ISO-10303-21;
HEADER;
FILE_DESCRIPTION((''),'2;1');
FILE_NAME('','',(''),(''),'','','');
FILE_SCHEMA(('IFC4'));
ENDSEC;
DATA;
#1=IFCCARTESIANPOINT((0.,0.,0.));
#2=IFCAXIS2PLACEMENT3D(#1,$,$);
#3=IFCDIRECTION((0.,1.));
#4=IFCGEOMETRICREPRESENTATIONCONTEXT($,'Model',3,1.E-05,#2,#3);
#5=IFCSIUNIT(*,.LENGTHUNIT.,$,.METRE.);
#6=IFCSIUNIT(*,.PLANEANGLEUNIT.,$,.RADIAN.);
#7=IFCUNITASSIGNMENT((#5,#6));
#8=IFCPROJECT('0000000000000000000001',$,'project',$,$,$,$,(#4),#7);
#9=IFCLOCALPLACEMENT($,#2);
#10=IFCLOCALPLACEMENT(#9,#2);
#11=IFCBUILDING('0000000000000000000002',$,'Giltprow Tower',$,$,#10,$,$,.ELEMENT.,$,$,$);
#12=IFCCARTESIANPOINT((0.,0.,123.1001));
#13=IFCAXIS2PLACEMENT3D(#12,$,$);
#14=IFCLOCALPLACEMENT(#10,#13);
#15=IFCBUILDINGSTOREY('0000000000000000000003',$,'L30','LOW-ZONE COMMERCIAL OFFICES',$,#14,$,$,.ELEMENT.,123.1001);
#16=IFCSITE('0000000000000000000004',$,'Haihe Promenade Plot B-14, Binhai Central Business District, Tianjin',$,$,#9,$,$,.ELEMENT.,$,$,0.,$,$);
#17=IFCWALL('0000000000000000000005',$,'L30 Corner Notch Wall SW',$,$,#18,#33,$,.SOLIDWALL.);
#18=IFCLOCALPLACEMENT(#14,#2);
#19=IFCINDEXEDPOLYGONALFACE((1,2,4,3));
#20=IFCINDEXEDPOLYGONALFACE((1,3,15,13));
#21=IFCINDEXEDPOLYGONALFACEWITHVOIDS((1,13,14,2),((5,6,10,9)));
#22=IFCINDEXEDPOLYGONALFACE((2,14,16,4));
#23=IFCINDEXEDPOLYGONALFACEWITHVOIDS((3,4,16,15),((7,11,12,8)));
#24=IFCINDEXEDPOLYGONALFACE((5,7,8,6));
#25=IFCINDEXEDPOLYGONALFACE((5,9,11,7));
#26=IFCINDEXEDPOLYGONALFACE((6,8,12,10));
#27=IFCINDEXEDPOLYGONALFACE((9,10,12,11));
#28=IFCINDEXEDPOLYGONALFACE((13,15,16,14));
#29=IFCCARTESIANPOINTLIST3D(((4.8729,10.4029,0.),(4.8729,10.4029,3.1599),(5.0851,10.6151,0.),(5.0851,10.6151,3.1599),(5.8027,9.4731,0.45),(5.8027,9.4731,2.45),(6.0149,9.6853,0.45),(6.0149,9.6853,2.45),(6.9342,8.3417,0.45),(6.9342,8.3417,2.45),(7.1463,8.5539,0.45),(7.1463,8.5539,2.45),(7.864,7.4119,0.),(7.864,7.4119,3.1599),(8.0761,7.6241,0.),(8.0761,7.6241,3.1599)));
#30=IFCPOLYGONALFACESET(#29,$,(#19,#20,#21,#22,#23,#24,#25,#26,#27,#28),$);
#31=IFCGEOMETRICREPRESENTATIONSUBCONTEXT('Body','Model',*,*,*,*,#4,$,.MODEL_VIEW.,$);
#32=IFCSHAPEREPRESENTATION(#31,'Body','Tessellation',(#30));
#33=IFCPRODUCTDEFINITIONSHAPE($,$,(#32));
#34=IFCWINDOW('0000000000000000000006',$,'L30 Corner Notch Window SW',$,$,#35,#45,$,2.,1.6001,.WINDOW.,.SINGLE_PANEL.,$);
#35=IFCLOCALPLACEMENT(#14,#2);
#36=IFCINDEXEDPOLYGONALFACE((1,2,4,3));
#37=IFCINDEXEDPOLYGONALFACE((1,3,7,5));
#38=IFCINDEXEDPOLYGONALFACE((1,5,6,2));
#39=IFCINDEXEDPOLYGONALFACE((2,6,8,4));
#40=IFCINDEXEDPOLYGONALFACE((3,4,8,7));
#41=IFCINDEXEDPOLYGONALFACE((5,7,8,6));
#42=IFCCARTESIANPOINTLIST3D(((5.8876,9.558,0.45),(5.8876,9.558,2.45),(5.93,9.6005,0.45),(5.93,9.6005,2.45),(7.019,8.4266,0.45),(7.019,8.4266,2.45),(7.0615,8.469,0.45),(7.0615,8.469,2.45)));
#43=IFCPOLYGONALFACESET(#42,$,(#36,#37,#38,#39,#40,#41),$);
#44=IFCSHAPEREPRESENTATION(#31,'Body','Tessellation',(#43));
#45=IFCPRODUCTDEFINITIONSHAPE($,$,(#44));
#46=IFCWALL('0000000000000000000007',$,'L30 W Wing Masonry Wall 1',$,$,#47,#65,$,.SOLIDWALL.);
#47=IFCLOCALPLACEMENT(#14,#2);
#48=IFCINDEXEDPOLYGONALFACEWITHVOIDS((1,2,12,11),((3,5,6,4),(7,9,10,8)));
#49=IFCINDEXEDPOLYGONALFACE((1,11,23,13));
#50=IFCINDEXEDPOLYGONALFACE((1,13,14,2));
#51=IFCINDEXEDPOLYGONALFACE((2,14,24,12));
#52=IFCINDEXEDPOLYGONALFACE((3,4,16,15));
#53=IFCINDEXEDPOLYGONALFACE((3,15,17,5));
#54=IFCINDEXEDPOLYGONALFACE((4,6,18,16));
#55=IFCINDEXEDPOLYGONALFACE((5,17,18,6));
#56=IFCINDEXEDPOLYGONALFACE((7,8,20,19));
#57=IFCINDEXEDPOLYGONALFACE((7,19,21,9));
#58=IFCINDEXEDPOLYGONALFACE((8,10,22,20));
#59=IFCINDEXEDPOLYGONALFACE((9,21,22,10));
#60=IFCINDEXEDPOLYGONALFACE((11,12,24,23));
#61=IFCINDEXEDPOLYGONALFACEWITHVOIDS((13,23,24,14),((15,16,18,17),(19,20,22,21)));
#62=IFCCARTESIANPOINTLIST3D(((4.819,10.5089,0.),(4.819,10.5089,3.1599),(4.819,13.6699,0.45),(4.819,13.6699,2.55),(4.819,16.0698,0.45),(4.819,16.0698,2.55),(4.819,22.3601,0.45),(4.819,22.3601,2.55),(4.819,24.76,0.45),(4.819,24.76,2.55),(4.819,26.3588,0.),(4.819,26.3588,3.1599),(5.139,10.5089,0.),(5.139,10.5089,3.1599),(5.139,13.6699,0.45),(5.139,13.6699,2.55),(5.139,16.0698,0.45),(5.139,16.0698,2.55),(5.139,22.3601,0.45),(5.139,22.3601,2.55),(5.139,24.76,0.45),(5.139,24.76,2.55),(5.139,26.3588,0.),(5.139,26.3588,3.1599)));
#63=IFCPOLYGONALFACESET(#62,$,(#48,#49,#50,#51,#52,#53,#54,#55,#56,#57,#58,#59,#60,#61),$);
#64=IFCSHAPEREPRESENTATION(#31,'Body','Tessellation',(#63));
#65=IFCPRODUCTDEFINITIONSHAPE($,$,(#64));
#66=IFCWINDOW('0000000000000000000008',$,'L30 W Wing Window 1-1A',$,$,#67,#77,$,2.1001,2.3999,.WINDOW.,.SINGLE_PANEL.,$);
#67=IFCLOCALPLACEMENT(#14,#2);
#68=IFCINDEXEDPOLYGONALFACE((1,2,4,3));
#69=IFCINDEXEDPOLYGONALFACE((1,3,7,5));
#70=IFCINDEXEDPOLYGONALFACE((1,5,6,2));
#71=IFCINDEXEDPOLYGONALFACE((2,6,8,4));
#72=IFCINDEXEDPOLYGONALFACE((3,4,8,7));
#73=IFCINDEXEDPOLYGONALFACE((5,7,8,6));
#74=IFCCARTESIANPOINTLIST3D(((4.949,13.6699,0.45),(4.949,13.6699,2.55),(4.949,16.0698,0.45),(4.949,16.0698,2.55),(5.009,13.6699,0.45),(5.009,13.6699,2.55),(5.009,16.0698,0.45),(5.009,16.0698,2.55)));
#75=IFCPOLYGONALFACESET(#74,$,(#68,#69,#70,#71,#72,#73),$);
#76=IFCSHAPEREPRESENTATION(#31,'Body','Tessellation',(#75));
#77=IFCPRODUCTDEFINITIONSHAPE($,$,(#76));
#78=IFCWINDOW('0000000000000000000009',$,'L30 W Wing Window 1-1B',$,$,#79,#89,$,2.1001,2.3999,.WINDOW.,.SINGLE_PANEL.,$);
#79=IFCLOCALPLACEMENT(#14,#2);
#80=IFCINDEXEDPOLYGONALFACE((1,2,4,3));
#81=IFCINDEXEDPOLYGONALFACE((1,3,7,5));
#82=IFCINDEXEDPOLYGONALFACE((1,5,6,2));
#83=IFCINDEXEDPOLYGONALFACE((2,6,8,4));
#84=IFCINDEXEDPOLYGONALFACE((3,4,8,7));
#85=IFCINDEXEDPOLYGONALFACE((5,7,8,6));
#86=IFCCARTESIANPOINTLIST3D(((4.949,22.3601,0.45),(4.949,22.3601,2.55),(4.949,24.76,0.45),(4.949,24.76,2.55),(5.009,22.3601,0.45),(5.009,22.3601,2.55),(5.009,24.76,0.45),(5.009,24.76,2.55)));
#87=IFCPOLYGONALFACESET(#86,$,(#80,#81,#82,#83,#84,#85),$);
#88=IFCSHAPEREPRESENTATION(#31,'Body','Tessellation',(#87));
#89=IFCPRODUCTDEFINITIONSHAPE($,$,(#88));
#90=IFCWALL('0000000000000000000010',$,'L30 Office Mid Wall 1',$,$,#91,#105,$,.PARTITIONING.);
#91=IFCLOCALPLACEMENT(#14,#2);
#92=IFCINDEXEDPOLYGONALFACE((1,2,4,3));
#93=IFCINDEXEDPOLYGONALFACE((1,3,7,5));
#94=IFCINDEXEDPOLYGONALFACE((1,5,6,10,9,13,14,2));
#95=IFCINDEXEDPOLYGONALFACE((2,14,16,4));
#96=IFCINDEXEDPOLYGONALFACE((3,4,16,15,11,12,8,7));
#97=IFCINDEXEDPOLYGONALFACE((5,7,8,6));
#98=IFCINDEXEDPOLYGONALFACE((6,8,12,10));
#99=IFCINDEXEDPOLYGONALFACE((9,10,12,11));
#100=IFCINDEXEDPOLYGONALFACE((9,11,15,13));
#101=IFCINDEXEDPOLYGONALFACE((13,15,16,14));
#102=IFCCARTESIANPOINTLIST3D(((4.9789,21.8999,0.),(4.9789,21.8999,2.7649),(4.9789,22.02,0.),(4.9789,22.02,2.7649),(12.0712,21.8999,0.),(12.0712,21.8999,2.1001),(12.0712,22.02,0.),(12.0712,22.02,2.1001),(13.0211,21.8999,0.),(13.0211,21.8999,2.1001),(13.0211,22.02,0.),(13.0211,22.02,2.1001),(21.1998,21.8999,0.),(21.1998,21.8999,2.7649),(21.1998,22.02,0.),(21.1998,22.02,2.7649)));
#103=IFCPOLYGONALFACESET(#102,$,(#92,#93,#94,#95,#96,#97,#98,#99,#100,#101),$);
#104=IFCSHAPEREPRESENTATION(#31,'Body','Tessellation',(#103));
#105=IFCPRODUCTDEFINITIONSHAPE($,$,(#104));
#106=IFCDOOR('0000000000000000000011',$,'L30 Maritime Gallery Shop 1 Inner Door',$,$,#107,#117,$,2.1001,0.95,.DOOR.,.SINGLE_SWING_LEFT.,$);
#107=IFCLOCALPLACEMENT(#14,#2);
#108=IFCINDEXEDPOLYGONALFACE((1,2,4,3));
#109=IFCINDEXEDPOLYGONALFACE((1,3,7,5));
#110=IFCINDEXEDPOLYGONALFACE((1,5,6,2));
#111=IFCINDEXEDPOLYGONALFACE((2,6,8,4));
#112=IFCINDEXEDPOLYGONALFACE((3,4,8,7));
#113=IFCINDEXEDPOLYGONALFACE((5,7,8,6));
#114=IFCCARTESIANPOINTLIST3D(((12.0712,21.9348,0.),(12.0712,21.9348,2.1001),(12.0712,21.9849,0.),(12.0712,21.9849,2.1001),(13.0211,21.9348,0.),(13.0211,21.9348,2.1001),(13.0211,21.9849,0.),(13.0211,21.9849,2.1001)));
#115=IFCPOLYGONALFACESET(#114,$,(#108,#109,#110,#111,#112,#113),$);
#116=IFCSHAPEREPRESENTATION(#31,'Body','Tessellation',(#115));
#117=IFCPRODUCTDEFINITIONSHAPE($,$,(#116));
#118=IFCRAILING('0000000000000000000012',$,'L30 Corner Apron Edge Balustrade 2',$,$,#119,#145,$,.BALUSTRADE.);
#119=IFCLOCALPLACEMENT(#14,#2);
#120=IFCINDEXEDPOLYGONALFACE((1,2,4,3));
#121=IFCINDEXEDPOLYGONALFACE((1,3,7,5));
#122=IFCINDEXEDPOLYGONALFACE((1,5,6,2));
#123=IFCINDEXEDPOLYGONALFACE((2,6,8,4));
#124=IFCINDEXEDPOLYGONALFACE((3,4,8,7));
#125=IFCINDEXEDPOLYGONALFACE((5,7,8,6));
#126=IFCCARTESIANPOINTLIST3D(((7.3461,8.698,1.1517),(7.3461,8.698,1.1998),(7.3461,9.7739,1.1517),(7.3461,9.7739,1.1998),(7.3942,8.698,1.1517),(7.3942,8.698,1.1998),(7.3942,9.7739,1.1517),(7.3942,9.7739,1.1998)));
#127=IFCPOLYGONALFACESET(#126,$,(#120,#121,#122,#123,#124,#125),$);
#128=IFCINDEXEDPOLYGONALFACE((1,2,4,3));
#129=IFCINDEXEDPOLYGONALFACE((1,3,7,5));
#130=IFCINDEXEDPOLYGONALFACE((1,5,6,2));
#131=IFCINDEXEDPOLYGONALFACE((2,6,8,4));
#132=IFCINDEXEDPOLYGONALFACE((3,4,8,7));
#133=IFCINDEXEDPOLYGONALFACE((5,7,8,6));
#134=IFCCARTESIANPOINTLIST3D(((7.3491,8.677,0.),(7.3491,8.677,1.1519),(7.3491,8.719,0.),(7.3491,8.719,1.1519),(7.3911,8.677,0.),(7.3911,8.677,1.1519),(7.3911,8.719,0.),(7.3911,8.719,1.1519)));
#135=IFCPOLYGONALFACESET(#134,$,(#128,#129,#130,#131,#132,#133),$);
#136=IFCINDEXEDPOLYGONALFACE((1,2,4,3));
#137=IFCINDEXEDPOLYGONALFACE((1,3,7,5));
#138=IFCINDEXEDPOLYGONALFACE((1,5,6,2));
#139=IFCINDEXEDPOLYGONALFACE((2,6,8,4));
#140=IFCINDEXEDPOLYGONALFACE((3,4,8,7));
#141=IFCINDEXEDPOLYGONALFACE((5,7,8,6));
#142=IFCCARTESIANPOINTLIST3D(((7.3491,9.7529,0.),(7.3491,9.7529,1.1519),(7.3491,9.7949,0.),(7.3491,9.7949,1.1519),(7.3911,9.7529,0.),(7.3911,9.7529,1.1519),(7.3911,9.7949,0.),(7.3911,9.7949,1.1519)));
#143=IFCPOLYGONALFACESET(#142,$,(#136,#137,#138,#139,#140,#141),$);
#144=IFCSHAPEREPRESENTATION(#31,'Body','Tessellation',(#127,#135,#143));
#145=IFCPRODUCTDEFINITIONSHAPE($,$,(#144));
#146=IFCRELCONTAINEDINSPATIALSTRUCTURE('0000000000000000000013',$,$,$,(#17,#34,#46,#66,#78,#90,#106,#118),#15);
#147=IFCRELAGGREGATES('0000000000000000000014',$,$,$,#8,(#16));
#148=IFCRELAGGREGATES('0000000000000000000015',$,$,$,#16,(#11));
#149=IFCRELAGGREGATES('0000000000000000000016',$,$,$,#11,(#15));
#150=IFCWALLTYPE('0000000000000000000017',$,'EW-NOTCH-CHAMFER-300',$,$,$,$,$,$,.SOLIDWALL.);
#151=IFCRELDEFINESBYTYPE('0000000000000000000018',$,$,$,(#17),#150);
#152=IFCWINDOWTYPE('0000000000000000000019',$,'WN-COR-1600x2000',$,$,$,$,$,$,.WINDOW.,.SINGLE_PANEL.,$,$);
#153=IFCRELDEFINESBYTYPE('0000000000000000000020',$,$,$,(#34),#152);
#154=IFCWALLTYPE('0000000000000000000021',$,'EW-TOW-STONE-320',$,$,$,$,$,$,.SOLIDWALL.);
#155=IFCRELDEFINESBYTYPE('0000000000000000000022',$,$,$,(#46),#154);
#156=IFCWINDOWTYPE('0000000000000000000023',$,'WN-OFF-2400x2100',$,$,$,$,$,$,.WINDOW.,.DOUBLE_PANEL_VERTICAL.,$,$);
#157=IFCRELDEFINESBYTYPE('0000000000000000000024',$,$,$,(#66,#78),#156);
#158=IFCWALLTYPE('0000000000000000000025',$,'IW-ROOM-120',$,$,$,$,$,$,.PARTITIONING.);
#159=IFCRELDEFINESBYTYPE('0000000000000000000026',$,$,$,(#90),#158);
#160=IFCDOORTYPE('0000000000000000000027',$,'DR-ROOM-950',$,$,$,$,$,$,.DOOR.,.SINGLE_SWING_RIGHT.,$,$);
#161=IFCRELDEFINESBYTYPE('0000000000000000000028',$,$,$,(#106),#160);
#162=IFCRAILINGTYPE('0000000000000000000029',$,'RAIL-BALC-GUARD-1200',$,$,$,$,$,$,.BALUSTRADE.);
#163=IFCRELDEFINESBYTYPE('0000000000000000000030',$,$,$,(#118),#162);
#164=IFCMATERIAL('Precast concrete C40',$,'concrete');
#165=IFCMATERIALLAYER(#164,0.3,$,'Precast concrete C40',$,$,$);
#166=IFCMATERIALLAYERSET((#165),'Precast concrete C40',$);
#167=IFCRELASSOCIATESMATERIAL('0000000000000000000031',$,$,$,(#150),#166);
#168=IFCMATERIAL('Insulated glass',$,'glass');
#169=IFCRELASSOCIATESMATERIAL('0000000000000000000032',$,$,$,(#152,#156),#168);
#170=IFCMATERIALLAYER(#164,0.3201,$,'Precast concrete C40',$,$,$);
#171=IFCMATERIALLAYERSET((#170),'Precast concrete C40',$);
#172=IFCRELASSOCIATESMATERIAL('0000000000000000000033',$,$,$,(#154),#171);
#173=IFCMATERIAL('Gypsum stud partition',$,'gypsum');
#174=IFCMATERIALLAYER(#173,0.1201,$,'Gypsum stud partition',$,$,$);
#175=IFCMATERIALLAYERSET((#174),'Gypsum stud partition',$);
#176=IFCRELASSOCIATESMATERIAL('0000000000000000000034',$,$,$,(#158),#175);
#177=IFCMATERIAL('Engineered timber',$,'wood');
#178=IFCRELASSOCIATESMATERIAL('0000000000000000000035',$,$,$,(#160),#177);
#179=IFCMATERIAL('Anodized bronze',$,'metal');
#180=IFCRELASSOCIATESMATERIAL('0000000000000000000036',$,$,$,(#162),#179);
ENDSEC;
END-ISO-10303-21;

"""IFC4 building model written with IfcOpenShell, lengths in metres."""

from ifc_helpers import new_model, si_unit, direction, frame, frame_2d, origin, origin_2d, place, context, subcontext, project, spatial, rectangle, extrude, source, transform, mapped, material, layer, layer_set, type_object, element, fill, save


model = new_model("IFC4")

# Units and contexts
model_context = context("Model", 3, precision=1e-05, world=origin(), true_north=direction((0.0, 1.0)))
body_context = subcontext(model_context, "Body", "Model", "MODEL_VIEW")
ifc_project = project(units=[si_unit("LENGTHUNIT", "METRE"), si_unit("PLANEANGLEUNIT", "RADIAN")], contexts=[model_context])

# Site, building, storey
site_placement = place(None, origin())
site = spatial("IfcSite", under=ifc_project, at=site_placement, Name="Haihe Promenade Plot B-14, Binhai Central Business District, Tianjin", CompositionType="ELEMENT", RefElevation=0.0)
building_placement = place(site_placement, origin())
building = spatial("IfcBuilding", under=site, at=building_placement, Name="Giltprow Tower", CompositionType="ELEMENT")
storey_placement = place(building_placement, frame((0.0, 0.0, 123.1001)))
storey = spatial("IfcBuildingStorey", under=building, at=storey_placement, Name="L30", Description="LOW-ZONE COMMERCIAL OFFICES", CompositionType="ELEMENT", Elevation=123.1001)

# Shared definitions
ifc_material_1 = material(Name="Anodized bronze", Category="metal")
ifc_material_2 = material(Name="Insulated glass", Category="glass")

# Wall, opening, window
ifc_material_3 = material(Name="Precast concrete C40", Category="concrete")
ifc_layer_1 = layer(ifc_material_3, 0.3, Name="Precast concrete C40")
ifc_layer_set_1 = layer_set([ifc_layer_1], Name="Precast concrete C40")
wall_type_1 = type_object("IfcWallType", Name="EW-NOTCH-CHAMFER-300", PredefinedType="SOLIDWALL", material=ifc_layer_set_1)
wall_1_placement = place(storey_placement, frame((4.979, 10.509, 0.0), z_axis=(0.0, 0.0, 1.0), x_axis=(0.707107, -0.707107, 0.0)))
wall_1 = element("IfcWall", 1, at=wall_1_placement, inside=storey, type_object=wall_type_1, Name="L30 Corner Notch Wall SW", PredefinedType="SOLIDWALL", context=body_context, shape_type="SweptSolid", body=[
    extrude(rectangle(XDim=4.23, YDim=0.3, at=frame_2d((2.115, 0.0))), origin(), (0.0, 0.0, 1.0), 3.1599),
])
opening_1_placement = place(wall_1_placement, frame((1.3149, 0.0, 0.45)))
opening_1 = element("IfcOpeningElement", 2, at=opening_1_placement, cuts=wall_1, PredefinedType="OPENING", context=body_context, shape_type="SweptSolid", body=[
    extrude(rectangle(XDim=1.6001, YDim=2.0, at=frame_2d((0.8, 1.0))), frame((0.0, 0.1599, 0.0), z_axis=(0.0, -1.0, 0.0), x_axis=(1.0, 0.0, 0.0)), (0.0, 0.0, 1.0), 0.3201),
])
window_type_1 = type_object("IfcWindowType", Name="WN-COR-1600x2000", PartitioningType="SINGLE_PANEL", PredefinedType="WINDOW", material=ifc_material_2)
shared_shape_1 = source(origin(), body_context, "Body", "SweptSolid", [
    extrude(rectangle(XDim=1.6001, YDim=2.0, at=frame_2d((0.8, 1.0))), frame((0.0, 0.03, 0.0), z_axis=(0.0, -1.0, 0.0), x_axis=(1.0, 0.0, 0.0)), (0.0, 0.0, 1.0), 0.0601),
])
window_1_placement = place(opening_1_placement, origin())
window_1 = element("IfcWindow", 3, at=window_1_placement, inside=storey, type_object=window_type_1, Name="L30 Corner Notch Window SW", OverallHeight=2.0, OverallWidth=1.6001, PartitioningType="SINGLE_PANEL", PredefinedType="WINDOW", context=body_context, shape_type="MappedRepresentation", body=[
    mapped(shared_shape_1, transform((0.0, 0.0, 0.0), x_axis=(1.0, 0.0, 0.0), y_axis=(0.0, 1.0, 0.0), z_axis=(0.0, 0.0, 1.0), scale=1.0)),
])
fill(opening_1, window_1)

# Wall, openings, windows
ifc_layer_2 = layer(ifc_material_3, 0.3201, Name="Precast concrete C40")
ifc_layer_set_2 = layer_set([ifc_layer_2], Name="Precast concrete C40")
wall_type_2 = type_object("IfcWallType", Name="EW-TOW-STONE-320", PredefinedType="SOLIDWALL", material=ifc_layer_set_2)
wall_2_placement = place(storey_placement, frame((4.979, 10.509, 0.0), z_axis=(0.0, 0.0, 1.0), x_axis=(0.0, 1.0, 0.0)))
wall_2 = element("IfcWall", 4, at=wall_2_placement, inside=storey, type_object=wall_type_2, Name="L30 W Wing Masonry Wall 1", PredefinedType="SOLIDWALL", context=body_context, shape_type="SweptSolid", body=[
    extrude(rectangle(XDim=15.8499, YDim=0.3201, at=frame_2d((7.9248, 0.0))), origin(), (0.0, 0.0, 1.0), 3.1599),
])
opening_2_placement = place(wall_2_placement, frame((3.1609, 0.0, 0.45)))
opening_2 = element("IfcOpeningElement", 5, at=opening_2_placement, cuts=wall_2, PredefinedType="OPENING", context=body_context, shape_type="SweptSolid", body=[
    extrude(rectangle(XDim=2.3999, YDim=2.1001, at=frame_2d((1.2, 1.05))), frame((0.0, 0.1699, 0.0), z_axis=(0.0, -1.0, 0.0), x_axis=(1.0, 0.0, 0.0)), (0.0, 0.0, 1.0), 0.3401),
])
opening_3_placement = place(wall_2_placement, frame((11.8511, 0.0, 0.45)))
opening_3 = element("IfcOpeningElement", 6, at=opening_3_placement, cuts=wall_2, PredefinedType="OPENING", context=body_context, shape_type="SweptSolid", body=[
    extrude(rectangle(XDim=2.3999, YDim=2.1001, at=frame_2d((1.2, 1.05))), frame((0.0, 0.1699, 0.0), z_axis=(0.0, -1.0, 0.0), x_axis=(1.0, 0.0, 0.0)), (0.0, 0.0, 1.0), 0.3401),
])
window_type_2 = type_object("IfcWindowType", Name="WN-OFF-2400x2100", PartitioningType="DOUBLE_PANEL_VERTICAL", PredefinedType="WINDOW", material=ifc_material_2)
shared_shape_2 = source(origin(), body_context, "Body", "SweptSolid", [
    extrude(rectangle(XDim=2.3999, YDim=2.1001, at=frame_2d((1.2, 1.05))), frame((0.0, 0.03, 0.0), z_axis=(0.0, -1.0, 0.0), x_axis=(1.0, 0.0, 0.0)), (0.0, 0.0, 1.0), 0.0601),
])
window_2_placement = place(opening_2_placement, origin())
window_2 = element("IfcWindow", 7, at=window_2_placement, inside=storey, type_object=window_type_2, Name="L30 W Wing Window 1-1A", OverallHeight=2.1001, OverallWidth=2.3999, PartitioningType="SINGLE_PANEL", PredefinedType="WINDOW", context=body_context, shape_type="MappedRepresentation", body=[
    mapped(shared_shape_2, transform((0.0, 0.0, 0.0), x_axis=(1.0, 0.0, 0.0), y_axis=(0.0, 1.0, 0.0), z_axis=(0.0, 0.0, 1.0), scale=1.0)),
])
fill(opening_2, window_2)
window_3_placement = place(opening_3_placement, origin())
window_3 = element("IfcWindow", 8, at=window_3_placement, inside=storey, type_object=window_type_2, Name="L30 W Wing Window 1-1B", OverallHeight=2.1001, OverallWidth=2.3999, PartitioningType="SINGLE_PANEL", PredefinedType="WINDOW", context=body_context, shape_type="MappedRepresentation", body=[
    mapped(shared_shape_2, transform((0.0, 0.0, 0.0), x_axis=(1.0, 0.0, 0.0), y_axis=(0.0, 1.0, 0.0), z_axis=(0.0, 0.0, 1.0), scale=1.0)),
])
fill(opening_3, window_3)

# Wall, opening, door
ifc_material_4 = material(Name="Gypsum stud partition", Category="gypsum")
ifc_layer_3 = layer(ifc_material_4, 0.1201, Name="Gypsum stud partition")
ifc_layer_set_3 = layer_set([ifc_layer_3], Name="Gypsum stud partition")
wall_type_3 = type_object("IfcWallType", Name="IW-ROOM-120", PredefinedType="PARTITIONING", material=ifc_layer_set_3)
wall_3_placement = place(storey_placement, frame((4.979, 21.96, 0.0), z_axis=(0.0, 0.0, 1.0), x_axis=(1.0, 0.0, 0.0)))
wall_3 = element("IfcWall", 9, at=wall_3_placement, inside=storey, type_object=wall_type_3, Name="L30 Office Mid Wall 1", PredefinedType="PARTITIONING", context=body_context, shape_type="SweptSolid", body=[
    extrude(rectangle(XDim=16.2209, YDim=0.1201, at=frame_2d((8.1104, 0.0))), origin(), (0.0, 0.0, 1.0), 2.7649),
])
opening_4_placement = place(wall_3_placement, frame((7.092, 0.0, 0.0)))
opening_4 = element("IfcOpeningElement", 10, at=opening_4_placement, cuts=wall_3, PredefinedType="OPENING", context=body_context, shape_type="SweptSolid", body=[
    extrude(rectangle(XDim=0.95, YDim=2.1001, at=frame_2d((0.4751, 1.05))), frame((0.0, 0.0701, 0.0), z_axis=(0.0, -1.0, 0.0), x_axis=(1.0, 0.0, 0.0)), (0.0, 0.0, 1.0), 0.1401),
])
ifc_material_5 = material(Name="Engineered timber", Category="wood")
door_type = type_object("IfcDoorType", Name="DR-ROOM-950", OperationType="SINGLE_SWING_RIGHT", PredefinedType="DOOR", material=ifc_material_5)
shared_shape_3 = source(origin(), body_context, "Body", "SweptSolid", [
    extrude(rectangle(XDim=0.95, YDim=2.1001, at=frame_2d((0.4751, 1.05))), frame((0.0, 0.0249, 0.0), z_axis=(0.0, -1.0, 0.0), x_axis=(1.0, 0.0, 0.0)), (0.0, 0.0, 1.0), 0.05),
])
door_placement = place(opening_4_placement, origin())
door = element("IfcDoor", 11, at=door_placement, inside=storey, type_object=door_type, Name="L30 Maritime Gallery Shop 1 Inner Door", OperationType="SINGLE_SWING_LEFT", OverallHeight=2.1001, OverallWidth=0.95, PredefinedType="DOOR", context=body_context, shape_type="MappedRepresentation", body=[
    mapped(shared_shape_3, transform((0.0, 0.0, 0.0), x_axis=(1.0, 0.0, 0.0), y_axis=(0.0, 1.0, 0.0), z_axis=(0.0, 0.0, 1.0), scale=1.0)),
])
fill(opening_4, door)

# Railing
railing_type = type_object("IfcRailingType", Name="RAIL-BALC-GUARD-1200", PredefinedType="BALUSTRADE", material=ifc_material_1)
railing_1_placement = place(storey_placement, frame((7.3701, 8.698, 0.0)))
element("IfcRailing", 12, at=railing_1_placement, inside=storey, type_object=railing_type, Name="L30 Corner Apron Edge Balustrade 2", PredefinedType="BALUSTRADE", context=body_context, shape_type="SweptSolid", body=[
    extrude(rectangle(XDim=0.0481, YDim=0.0481, at=origin_2d()), frame((0.0, 0.0, 1.1758), z_axis=(0.0, 1.0, 0.0), x_axis=(-1.0, 0.0, 0.0)), (0.0, 0.0, 1.0), 1.0759),
    extrude(rectangle(XDim=0.042, YDim=0.042, at=origin_2d()), origin(), (0.0, 0.0, 1.0), 1.1519),
    extrude(rectangle(XDim=0.042, YDim=0.042, at=origin_2d()), frame((0.0, 1.0759, 0.0)), (0.0, 0.0, 1.0), 1.1519),
])

save(model, "model.ifc")
